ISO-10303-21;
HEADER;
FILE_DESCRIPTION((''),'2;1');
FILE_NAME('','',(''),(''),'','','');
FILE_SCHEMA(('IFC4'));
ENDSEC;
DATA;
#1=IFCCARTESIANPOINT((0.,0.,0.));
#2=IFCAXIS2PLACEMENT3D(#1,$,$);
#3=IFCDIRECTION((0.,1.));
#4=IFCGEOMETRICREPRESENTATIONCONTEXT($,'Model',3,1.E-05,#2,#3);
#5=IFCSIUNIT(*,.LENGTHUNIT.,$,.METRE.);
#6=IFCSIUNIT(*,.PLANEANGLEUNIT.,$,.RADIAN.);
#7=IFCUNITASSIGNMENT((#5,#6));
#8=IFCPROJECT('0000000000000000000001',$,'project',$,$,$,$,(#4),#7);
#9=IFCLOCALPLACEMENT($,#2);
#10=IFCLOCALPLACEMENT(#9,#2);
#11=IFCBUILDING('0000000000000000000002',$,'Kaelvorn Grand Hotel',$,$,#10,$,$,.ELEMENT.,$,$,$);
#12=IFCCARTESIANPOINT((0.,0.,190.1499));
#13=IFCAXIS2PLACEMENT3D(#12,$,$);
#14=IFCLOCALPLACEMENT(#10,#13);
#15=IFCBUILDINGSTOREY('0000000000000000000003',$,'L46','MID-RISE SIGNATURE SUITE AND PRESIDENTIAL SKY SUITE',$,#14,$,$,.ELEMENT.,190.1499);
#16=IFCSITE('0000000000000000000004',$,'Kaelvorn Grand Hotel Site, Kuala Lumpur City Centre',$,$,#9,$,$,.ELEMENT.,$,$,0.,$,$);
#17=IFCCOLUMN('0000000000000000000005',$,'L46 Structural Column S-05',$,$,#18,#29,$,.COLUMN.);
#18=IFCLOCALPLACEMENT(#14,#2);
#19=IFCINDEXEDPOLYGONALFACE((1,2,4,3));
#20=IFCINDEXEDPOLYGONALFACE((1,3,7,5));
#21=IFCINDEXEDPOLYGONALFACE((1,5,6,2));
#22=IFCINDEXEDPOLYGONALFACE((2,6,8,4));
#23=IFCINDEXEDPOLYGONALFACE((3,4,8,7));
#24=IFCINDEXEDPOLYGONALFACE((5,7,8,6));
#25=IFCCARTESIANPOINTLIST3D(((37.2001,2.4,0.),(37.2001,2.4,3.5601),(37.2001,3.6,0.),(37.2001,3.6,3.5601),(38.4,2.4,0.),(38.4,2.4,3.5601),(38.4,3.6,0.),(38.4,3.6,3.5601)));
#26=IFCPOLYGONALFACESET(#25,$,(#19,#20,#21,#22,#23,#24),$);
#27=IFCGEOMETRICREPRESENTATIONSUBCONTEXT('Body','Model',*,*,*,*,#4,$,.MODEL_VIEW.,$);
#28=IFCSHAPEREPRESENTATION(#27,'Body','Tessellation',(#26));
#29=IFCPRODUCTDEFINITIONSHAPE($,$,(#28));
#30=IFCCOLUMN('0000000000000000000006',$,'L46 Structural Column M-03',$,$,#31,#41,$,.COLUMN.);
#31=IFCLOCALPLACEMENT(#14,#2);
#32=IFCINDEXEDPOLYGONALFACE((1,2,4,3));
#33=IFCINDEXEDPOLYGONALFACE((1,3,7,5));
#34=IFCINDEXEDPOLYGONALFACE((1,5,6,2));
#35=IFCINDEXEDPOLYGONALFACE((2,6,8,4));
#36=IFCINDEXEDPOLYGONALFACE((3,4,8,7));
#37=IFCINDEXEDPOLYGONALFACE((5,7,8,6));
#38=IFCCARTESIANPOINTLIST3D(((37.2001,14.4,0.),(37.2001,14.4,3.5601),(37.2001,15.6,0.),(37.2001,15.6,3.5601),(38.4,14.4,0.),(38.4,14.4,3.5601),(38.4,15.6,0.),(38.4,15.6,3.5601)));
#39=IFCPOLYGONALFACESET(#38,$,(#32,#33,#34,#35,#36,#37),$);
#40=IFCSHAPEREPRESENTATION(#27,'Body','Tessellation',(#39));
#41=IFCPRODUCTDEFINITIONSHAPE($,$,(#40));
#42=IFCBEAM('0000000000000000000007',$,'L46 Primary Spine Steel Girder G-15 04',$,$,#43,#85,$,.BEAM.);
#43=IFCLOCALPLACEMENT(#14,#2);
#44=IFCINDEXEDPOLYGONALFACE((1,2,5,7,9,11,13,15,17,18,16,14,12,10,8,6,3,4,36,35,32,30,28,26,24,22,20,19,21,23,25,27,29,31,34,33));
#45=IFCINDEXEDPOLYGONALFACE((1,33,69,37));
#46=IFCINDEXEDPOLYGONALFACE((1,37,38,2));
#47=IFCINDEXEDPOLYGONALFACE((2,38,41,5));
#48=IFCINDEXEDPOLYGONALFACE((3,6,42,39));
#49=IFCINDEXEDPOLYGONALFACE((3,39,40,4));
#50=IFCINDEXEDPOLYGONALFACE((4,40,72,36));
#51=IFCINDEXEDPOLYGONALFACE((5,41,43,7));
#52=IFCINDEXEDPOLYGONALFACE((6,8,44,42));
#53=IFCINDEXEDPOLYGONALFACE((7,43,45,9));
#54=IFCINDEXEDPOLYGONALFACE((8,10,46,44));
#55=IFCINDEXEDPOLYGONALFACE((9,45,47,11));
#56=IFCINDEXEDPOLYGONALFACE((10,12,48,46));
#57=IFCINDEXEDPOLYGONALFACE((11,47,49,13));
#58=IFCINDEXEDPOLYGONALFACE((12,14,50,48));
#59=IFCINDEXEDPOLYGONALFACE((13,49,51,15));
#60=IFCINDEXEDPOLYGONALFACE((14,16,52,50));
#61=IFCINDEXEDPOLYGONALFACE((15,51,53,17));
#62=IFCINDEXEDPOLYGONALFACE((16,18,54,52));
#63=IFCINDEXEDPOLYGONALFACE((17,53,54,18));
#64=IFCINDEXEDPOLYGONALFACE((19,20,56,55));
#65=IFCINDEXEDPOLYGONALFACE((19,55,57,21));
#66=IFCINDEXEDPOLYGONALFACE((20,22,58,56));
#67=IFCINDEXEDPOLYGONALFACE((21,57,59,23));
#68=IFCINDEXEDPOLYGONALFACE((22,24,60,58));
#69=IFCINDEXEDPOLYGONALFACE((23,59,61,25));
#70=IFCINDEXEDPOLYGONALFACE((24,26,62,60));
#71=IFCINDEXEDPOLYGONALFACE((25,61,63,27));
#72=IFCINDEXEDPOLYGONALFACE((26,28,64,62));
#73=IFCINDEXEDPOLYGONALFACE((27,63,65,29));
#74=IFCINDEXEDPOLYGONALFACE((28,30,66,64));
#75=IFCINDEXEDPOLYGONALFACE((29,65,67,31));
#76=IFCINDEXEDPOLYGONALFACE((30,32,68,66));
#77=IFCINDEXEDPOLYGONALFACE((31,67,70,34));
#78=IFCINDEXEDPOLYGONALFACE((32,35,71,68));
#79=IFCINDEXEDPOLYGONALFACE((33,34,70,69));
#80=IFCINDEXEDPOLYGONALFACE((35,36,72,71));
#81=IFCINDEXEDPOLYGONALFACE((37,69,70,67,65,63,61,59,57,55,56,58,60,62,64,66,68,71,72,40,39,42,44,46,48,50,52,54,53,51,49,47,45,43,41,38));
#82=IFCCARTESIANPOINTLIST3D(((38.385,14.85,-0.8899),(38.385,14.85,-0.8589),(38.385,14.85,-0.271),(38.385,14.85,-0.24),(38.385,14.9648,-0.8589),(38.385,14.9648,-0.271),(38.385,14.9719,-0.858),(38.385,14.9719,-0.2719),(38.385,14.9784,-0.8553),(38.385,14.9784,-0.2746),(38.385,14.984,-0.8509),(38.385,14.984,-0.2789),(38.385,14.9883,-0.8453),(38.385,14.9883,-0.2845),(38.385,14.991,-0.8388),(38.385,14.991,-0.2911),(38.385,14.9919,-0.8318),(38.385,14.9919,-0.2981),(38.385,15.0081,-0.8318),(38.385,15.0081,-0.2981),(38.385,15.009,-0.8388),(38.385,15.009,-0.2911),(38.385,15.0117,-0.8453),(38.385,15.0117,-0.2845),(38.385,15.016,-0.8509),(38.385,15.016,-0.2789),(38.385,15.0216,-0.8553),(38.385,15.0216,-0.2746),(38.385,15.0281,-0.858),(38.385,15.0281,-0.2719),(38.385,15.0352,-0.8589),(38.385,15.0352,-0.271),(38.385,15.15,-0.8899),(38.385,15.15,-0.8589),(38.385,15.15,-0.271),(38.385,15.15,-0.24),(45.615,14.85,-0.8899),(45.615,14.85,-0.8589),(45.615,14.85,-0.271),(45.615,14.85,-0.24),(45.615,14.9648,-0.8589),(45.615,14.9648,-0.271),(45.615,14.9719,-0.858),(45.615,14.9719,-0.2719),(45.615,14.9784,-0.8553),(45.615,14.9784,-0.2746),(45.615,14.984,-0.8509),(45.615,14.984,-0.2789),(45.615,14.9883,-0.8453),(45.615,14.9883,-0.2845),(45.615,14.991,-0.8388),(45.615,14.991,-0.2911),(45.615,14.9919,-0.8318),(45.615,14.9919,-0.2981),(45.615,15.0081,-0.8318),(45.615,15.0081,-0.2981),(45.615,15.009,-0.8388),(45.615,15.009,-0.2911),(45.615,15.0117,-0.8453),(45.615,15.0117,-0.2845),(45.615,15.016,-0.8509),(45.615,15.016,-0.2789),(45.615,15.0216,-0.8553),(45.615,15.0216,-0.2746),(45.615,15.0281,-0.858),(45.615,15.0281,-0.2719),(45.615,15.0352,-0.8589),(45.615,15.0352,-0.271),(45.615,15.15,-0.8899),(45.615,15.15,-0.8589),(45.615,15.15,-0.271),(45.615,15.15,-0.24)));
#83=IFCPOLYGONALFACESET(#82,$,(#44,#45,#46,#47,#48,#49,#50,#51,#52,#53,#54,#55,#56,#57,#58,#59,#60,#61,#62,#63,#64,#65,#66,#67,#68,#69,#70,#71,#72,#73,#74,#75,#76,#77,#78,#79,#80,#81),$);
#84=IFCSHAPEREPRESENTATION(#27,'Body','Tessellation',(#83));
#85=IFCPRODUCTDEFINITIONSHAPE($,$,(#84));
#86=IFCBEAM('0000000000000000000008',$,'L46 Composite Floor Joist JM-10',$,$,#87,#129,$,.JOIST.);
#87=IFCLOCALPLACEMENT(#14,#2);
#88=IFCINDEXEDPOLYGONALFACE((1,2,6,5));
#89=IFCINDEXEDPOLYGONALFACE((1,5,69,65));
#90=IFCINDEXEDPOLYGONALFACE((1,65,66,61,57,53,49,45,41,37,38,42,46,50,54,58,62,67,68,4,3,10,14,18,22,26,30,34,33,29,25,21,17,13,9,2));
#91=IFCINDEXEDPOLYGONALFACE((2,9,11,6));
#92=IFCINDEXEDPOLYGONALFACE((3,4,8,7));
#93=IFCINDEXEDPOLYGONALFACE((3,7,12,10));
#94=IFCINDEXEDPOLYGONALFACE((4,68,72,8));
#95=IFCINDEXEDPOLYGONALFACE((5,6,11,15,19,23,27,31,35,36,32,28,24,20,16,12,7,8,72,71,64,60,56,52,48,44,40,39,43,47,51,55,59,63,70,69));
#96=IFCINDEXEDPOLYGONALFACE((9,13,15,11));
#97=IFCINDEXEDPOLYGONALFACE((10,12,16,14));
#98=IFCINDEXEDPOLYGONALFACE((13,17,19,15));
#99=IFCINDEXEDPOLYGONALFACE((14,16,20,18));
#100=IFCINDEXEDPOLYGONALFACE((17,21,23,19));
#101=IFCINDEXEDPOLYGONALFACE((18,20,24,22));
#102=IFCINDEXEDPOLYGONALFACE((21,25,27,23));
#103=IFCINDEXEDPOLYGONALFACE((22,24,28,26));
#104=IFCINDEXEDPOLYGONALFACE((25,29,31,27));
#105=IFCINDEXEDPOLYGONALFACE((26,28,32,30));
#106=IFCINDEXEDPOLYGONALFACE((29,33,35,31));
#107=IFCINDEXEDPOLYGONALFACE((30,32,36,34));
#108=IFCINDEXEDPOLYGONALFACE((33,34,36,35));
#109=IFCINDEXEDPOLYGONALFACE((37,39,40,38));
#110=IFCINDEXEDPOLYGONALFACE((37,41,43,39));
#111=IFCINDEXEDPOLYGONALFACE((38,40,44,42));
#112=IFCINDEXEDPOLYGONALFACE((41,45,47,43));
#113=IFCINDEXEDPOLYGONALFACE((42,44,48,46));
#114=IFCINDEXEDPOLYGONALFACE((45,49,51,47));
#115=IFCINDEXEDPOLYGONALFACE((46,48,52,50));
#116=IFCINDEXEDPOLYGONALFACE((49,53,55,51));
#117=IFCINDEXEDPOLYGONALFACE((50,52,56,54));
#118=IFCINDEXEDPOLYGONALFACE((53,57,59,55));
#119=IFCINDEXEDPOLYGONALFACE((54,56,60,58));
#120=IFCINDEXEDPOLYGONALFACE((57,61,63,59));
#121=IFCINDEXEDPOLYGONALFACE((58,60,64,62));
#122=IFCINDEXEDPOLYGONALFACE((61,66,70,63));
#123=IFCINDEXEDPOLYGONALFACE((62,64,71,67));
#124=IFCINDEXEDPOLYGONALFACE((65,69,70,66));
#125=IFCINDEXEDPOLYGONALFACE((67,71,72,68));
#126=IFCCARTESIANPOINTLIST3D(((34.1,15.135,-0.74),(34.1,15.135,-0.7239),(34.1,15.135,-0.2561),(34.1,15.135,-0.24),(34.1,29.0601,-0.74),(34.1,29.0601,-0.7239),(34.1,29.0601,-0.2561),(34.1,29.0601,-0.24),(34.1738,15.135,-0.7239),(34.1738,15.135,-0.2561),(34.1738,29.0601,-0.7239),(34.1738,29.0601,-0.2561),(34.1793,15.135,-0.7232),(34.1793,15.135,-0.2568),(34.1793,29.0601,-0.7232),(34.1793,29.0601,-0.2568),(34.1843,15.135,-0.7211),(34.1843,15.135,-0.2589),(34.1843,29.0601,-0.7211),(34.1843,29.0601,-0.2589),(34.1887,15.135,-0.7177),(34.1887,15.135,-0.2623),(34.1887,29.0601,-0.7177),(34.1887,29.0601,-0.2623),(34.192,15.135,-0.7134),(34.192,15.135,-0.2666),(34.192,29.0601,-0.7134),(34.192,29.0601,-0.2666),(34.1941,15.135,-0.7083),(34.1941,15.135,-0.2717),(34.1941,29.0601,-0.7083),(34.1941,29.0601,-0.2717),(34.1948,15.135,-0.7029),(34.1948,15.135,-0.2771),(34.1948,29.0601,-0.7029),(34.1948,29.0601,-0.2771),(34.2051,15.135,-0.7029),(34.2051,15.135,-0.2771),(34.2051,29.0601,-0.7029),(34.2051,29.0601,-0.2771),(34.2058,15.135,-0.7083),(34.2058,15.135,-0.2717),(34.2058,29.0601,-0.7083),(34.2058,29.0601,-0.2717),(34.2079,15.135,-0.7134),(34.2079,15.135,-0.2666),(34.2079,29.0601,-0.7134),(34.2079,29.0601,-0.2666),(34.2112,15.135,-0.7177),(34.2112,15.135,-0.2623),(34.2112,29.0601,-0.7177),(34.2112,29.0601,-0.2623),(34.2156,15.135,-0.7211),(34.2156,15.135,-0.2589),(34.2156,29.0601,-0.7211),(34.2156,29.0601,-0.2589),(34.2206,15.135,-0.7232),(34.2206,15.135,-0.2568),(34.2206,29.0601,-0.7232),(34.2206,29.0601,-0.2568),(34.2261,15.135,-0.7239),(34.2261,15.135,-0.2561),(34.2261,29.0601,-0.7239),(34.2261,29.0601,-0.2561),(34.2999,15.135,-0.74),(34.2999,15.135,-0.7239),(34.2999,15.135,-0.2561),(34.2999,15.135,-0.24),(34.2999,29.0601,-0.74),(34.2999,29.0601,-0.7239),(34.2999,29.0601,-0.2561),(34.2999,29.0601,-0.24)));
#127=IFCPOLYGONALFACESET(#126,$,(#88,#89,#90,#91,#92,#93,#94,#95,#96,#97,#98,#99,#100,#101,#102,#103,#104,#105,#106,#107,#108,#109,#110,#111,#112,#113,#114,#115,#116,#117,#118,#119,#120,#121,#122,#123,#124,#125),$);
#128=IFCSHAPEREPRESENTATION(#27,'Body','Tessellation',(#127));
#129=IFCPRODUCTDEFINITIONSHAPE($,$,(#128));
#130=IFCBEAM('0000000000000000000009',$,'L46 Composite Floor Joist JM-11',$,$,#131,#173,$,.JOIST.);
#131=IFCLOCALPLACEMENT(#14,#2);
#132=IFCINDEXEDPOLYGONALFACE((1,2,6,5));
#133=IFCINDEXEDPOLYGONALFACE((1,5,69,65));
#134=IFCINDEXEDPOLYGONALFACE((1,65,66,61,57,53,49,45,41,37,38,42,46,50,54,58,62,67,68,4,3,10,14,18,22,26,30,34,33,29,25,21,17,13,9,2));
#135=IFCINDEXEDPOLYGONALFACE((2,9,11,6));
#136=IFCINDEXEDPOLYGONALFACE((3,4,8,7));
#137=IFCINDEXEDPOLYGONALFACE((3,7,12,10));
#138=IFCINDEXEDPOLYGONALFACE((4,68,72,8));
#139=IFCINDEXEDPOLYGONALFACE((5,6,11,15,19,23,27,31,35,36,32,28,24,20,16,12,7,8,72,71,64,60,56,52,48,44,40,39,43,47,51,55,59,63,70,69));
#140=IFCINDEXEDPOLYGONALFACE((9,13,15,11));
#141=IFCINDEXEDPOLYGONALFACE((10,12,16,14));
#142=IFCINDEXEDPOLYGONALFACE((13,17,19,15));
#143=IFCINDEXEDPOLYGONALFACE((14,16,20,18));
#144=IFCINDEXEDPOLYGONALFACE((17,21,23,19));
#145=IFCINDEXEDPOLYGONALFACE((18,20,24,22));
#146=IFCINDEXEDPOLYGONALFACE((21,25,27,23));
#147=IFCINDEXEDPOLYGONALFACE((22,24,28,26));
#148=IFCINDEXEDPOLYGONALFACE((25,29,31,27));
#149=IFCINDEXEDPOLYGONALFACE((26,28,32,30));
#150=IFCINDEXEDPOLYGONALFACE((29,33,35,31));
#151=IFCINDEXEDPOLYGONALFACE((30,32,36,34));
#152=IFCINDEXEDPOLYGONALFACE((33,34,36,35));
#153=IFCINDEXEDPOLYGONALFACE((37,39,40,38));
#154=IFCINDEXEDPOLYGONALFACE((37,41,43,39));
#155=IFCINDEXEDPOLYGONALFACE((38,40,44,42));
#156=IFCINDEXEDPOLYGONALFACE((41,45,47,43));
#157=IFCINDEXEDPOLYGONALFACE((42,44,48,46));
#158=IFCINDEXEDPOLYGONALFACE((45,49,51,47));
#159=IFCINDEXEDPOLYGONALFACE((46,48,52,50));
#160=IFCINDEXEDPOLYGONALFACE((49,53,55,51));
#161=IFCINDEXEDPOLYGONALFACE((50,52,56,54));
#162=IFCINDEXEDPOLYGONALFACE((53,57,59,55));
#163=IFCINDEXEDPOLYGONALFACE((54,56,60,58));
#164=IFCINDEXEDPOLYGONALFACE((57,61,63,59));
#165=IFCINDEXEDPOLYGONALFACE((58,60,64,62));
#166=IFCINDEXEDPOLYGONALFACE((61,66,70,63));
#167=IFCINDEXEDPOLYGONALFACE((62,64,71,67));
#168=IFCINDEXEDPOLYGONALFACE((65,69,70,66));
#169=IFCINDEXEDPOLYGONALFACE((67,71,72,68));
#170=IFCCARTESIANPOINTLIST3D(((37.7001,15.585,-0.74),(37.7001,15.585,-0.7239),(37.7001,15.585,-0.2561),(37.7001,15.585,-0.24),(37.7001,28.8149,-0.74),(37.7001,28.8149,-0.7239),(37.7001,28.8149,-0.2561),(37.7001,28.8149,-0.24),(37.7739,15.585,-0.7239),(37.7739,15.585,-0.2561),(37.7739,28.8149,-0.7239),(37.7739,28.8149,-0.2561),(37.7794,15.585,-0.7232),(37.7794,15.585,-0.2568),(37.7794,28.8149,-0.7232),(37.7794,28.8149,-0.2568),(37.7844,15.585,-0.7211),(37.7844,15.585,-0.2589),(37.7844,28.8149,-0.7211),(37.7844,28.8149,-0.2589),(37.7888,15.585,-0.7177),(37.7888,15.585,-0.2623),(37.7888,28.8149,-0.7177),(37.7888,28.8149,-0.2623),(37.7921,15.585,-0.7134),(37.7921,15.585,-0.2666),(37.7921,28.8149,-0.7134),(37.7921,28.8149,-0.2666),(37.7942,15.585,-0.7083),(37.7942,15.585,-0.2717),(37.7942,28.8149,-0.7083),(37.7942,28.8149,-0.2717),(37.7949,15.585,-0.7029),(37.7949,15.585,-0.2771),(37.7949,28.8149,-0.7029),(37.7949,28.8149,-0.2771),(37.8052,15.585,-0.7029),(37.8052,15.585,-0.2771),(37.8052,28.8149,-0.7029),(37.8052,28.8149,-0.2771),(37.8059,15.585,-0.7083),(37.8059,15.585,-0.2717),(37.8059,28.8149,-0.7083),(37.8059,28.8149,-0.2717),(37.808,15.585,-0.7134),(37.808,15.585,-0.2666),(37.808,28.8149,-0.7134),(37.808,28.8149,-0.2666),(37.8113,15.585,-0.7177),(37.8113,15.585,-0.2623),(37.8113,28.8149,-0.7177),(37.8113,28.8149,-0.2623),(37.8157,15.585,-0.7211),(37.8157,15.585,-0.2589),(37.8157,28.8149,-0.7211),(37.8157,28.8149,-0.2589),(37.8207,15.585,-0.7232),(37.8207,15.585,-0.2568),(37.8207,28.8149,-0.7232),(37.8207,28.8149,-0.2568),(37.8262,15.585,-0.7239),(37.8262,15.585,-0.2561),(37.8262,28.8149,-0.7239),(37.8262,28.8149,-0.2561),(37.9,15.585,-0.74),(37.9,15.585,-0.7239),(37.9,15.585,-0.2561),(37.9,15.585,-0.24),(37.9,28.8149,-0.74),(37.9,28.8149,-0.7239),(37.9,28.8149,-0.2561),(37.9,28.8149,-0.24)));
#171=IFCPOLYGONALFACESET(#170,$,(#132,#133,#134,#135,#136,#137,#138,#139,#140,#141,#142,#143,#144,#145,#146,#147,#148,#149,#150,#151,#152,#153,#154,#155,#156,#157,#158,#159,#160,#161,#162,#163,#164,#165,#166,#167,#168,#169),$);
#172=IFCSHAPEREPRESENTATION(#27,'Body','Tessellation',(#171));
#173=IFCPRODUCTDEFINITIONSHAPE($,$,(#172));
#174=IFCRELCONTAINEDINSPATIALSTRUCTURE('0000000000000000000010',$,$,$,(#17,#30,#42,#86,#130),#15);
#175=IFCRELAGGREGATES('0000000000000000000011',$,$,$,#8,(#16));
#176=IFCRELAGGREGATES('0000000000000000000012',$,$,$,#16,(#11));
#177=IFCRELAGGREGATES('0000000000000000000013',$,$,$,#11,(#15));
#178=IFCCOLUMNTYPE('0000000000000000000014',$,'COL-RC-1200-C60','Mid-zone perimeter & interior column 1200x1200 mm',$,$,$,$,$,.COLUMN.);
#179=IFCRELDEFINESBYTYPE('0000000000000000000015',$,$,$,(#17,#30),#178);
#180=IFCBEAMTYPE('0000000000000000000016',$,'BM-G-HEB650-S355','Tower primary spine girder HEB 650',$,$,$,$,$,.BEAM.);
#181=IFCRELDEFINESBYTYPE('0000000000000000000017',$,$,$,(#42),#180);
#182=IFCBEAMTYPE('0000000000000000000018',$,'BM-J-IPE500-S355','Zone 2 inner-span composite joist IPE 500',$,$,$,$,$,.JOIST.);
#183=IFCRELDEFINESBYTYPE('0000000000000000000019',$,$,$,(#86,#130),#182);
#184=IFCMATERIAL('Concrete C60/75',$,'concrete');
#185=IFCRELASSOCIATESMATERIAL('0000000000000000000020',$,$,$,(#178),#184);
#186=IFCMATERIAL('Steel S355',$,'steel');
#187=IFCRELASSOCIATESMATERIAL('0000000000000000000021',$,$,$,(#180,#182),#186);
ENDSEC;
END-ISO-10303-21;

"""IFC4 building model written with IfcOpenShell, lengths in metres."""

from ifc_helpers import new_model, si_unit, direction, frame, origin, origin_2d, place, context, subcontext, project, spatial, rectangle, i_section, extrude, material, material_profile, profile_set, type_object, element, save


model = new_model("IFC4")

# Units and contexts
model_context = context("Model", 3, precision=1e-05, world=origin(), true_north=direction((0.0, 1.0)))
body_context = subcontext(model_context, "Body", "Model", "MODEL_VIEW")
ifc_project = project(units=[si_unit("LENGTHUNIT", "METRE"), si_unit("PLANEANGLEUNIT", "RADIAN")], contexts=[model_context])

# Site, building, storey
site_placement = place(None, origin())
site = spatial("IfcSite", under=ifc_project, at=site_placement, Name="Kaelvorn Grand Hotel Site, Kuala Lumpur City Centre", CompositionType="ELEMENT", RefElevation=0.0)
building_placement = place(site_placement, origin())
building = spatial("IfcBuilding", under=site, at=building_placement, Name="Kaelvorn Grand Hotel", CompositionType="ELEMENT")
storey_placement = place(building_placement, frame((0.0, 0.0, 190.1499)))
storey = spatial("IfcBuildingStorey", under=building, at=storey_placement, Name="L46", Description="MID-RISE SIGNATURE SUITE AND PRESIDENTIAL SKY SUITE", CompositionType="ELEMENT", Elevation=190.1499)

# Columns
ifc_material_1 = material(Name="Concrete C60/75", Category="concrete")
ifc_material_profile_1 = material_profile(ifc_material_1, rectangle(XDim=1.2, YDim=1.2, at=origin_2d()), Name="RC COL 1200x1200")
ifc_profile_set_1 = profile_set([ifc_material_profile_1], Name="Concrete C60/75")
column_type = type_object("IfcColumnType", Name="COL-RC-1200-C60", Description="Mid-zone perimeter & interior column 1200x1200 mm", PredefinedType="COLUMN", material=ifc_profile_set_1)
for number, where, z_axis, x_axis, name in (
    (1, (37.8, 3.0, 0.0), (0.0, 0.0, 1.0), (1.0, 0.0, 0.0), "L46 Structural Column S-05"),
    (2, (37.8, 15.0, 0.0), (0.0, 0.0, 1.0), (1.0, 0.0, 0.0), "L46 Structural Column M-03"),
):
    element("IfcColumn", number, at=place(storey_placement, frame(where, z_axis=z_axis, x_axis=x_axis)), inside=storey, type_object=column_type, Name=name, PredefinedType="COLUMN", context=body_context, shape_type="SweptSolid", body=[
        extrude(rectangle(XDim=1.2, YDim=1.2, at=origin_2d()), origin(), (0.0, 0.0, 1.0), 3.5601),
    ])

# Beams
ifc_material_2 = material(Name="Steel S355", Category="steel")
ifc_material_profile_2 = material_profile(ifc_material_2, i_section(OverallWidth=0.3, OverallDepth=0.6499, WebThickness=0.0161, FlangeThickness=0.031, FilletRadius=0.0271, at=origin_2d()), Name="HEB 650")
ifc_profile_set_2 = profile_set([ifc_material_profile_2], Name="Steel S355")
beam_type_1 = type_object("IfcBeamType", Name="BM-G-HEB650-S355", Description="Tower primary spine girder HEB 650", PredefinedType="BEAM", material=ifc_profile_set_2)
beam_1_placement = place(storey_placement, frame((38.385, 15.0, -0.5649), z_axis=(1.0, 0.0, 0.0), x_axis=(0.0, 1.0, 0.0)))
element("IfcBeam", 3, at=beam_1_placement, inside=storey, type_object=beam_type_1, Name="L46 Primary Spine Steel Girder G-15 04", PredefinedType="BEAM", context=body_context, shape_type="SweptSolid", body=[
    extrude(i_section(OverallWidth=0.3, OverallDepth=0.6499, WebThickness=0.0161, FlangeThickness=0.031, FilletRadius=0.0271, at=origin_2d()), origin(), (0.0, 0.0, 1.0), 7.23),
])
ifc_material_profile_3 = material_profile(ifc_material_2, i_section(OverallWidth=0.2, OverallDepth=0.5, WebThickness=0.0103, FlangeThickness=0.0161, FilletRadius=0.021, at=origin_2d()), Name="IPE 500")
ifc_profile_set_3 = profile_set([ifc_material_profile_3], Name="Steel S355")
beam_type_2 = type_object("IfcBeamType", Name="BM-J-IPE500-S355", Description="Zone 2 inner-span composite joist IPE 500", PredefinedType="JOIST", material=ifc_profile_set_3)
beam_2_placement = place(storey_placement, frame((34.2, 15.135, -0.49), z_axis=(0.0, 1.0, 0.0), x_axis=(-1.0, 0.0, 0.0)))
element("IfcBeam", 4, at=beam_2_placement, inside=storey, type_object=beam_type_2, Name="L46 Composite Floor Joist JM-10", PredefinedType="JOIST", context=body_context, shape_type="SweptSolid", body=[
    extrude(i_section(OverallWidth=0.2, OverallDepth=0.5, WebThickness=0.0103, FlangeThickness=0.0161, FilletRadius=0.021, at=origin_2d()), origin(), (0.0, 0.0, 1.0), 13.925),
])
beam_3_placement = place(storey_placement, frame((37.8, 15.585, -0.49), z_axis=(0.0, 1.0, 0.0), x_axis=(-1.0, 0.0, 0.0)))
element("IfcBeam", 5, at=beam_3_placement, inside=storey, type_object=beam_type_2, Name="L46 Composite Floor Joist JM-11", PredefinedType="JOIST", context=body_context, shape_type="SweptSolid", body=[
    extrude(i_section(OverallWidth=0.2, OverallDepth=0.5, WebThickness=0.0103, FlangeThickness=0.0161, FilletRadius=0.021, at=origin_2d()), origin(), (0.0, 0.0, 1.0), 13.23),
])

save(model, "model.ifc")
